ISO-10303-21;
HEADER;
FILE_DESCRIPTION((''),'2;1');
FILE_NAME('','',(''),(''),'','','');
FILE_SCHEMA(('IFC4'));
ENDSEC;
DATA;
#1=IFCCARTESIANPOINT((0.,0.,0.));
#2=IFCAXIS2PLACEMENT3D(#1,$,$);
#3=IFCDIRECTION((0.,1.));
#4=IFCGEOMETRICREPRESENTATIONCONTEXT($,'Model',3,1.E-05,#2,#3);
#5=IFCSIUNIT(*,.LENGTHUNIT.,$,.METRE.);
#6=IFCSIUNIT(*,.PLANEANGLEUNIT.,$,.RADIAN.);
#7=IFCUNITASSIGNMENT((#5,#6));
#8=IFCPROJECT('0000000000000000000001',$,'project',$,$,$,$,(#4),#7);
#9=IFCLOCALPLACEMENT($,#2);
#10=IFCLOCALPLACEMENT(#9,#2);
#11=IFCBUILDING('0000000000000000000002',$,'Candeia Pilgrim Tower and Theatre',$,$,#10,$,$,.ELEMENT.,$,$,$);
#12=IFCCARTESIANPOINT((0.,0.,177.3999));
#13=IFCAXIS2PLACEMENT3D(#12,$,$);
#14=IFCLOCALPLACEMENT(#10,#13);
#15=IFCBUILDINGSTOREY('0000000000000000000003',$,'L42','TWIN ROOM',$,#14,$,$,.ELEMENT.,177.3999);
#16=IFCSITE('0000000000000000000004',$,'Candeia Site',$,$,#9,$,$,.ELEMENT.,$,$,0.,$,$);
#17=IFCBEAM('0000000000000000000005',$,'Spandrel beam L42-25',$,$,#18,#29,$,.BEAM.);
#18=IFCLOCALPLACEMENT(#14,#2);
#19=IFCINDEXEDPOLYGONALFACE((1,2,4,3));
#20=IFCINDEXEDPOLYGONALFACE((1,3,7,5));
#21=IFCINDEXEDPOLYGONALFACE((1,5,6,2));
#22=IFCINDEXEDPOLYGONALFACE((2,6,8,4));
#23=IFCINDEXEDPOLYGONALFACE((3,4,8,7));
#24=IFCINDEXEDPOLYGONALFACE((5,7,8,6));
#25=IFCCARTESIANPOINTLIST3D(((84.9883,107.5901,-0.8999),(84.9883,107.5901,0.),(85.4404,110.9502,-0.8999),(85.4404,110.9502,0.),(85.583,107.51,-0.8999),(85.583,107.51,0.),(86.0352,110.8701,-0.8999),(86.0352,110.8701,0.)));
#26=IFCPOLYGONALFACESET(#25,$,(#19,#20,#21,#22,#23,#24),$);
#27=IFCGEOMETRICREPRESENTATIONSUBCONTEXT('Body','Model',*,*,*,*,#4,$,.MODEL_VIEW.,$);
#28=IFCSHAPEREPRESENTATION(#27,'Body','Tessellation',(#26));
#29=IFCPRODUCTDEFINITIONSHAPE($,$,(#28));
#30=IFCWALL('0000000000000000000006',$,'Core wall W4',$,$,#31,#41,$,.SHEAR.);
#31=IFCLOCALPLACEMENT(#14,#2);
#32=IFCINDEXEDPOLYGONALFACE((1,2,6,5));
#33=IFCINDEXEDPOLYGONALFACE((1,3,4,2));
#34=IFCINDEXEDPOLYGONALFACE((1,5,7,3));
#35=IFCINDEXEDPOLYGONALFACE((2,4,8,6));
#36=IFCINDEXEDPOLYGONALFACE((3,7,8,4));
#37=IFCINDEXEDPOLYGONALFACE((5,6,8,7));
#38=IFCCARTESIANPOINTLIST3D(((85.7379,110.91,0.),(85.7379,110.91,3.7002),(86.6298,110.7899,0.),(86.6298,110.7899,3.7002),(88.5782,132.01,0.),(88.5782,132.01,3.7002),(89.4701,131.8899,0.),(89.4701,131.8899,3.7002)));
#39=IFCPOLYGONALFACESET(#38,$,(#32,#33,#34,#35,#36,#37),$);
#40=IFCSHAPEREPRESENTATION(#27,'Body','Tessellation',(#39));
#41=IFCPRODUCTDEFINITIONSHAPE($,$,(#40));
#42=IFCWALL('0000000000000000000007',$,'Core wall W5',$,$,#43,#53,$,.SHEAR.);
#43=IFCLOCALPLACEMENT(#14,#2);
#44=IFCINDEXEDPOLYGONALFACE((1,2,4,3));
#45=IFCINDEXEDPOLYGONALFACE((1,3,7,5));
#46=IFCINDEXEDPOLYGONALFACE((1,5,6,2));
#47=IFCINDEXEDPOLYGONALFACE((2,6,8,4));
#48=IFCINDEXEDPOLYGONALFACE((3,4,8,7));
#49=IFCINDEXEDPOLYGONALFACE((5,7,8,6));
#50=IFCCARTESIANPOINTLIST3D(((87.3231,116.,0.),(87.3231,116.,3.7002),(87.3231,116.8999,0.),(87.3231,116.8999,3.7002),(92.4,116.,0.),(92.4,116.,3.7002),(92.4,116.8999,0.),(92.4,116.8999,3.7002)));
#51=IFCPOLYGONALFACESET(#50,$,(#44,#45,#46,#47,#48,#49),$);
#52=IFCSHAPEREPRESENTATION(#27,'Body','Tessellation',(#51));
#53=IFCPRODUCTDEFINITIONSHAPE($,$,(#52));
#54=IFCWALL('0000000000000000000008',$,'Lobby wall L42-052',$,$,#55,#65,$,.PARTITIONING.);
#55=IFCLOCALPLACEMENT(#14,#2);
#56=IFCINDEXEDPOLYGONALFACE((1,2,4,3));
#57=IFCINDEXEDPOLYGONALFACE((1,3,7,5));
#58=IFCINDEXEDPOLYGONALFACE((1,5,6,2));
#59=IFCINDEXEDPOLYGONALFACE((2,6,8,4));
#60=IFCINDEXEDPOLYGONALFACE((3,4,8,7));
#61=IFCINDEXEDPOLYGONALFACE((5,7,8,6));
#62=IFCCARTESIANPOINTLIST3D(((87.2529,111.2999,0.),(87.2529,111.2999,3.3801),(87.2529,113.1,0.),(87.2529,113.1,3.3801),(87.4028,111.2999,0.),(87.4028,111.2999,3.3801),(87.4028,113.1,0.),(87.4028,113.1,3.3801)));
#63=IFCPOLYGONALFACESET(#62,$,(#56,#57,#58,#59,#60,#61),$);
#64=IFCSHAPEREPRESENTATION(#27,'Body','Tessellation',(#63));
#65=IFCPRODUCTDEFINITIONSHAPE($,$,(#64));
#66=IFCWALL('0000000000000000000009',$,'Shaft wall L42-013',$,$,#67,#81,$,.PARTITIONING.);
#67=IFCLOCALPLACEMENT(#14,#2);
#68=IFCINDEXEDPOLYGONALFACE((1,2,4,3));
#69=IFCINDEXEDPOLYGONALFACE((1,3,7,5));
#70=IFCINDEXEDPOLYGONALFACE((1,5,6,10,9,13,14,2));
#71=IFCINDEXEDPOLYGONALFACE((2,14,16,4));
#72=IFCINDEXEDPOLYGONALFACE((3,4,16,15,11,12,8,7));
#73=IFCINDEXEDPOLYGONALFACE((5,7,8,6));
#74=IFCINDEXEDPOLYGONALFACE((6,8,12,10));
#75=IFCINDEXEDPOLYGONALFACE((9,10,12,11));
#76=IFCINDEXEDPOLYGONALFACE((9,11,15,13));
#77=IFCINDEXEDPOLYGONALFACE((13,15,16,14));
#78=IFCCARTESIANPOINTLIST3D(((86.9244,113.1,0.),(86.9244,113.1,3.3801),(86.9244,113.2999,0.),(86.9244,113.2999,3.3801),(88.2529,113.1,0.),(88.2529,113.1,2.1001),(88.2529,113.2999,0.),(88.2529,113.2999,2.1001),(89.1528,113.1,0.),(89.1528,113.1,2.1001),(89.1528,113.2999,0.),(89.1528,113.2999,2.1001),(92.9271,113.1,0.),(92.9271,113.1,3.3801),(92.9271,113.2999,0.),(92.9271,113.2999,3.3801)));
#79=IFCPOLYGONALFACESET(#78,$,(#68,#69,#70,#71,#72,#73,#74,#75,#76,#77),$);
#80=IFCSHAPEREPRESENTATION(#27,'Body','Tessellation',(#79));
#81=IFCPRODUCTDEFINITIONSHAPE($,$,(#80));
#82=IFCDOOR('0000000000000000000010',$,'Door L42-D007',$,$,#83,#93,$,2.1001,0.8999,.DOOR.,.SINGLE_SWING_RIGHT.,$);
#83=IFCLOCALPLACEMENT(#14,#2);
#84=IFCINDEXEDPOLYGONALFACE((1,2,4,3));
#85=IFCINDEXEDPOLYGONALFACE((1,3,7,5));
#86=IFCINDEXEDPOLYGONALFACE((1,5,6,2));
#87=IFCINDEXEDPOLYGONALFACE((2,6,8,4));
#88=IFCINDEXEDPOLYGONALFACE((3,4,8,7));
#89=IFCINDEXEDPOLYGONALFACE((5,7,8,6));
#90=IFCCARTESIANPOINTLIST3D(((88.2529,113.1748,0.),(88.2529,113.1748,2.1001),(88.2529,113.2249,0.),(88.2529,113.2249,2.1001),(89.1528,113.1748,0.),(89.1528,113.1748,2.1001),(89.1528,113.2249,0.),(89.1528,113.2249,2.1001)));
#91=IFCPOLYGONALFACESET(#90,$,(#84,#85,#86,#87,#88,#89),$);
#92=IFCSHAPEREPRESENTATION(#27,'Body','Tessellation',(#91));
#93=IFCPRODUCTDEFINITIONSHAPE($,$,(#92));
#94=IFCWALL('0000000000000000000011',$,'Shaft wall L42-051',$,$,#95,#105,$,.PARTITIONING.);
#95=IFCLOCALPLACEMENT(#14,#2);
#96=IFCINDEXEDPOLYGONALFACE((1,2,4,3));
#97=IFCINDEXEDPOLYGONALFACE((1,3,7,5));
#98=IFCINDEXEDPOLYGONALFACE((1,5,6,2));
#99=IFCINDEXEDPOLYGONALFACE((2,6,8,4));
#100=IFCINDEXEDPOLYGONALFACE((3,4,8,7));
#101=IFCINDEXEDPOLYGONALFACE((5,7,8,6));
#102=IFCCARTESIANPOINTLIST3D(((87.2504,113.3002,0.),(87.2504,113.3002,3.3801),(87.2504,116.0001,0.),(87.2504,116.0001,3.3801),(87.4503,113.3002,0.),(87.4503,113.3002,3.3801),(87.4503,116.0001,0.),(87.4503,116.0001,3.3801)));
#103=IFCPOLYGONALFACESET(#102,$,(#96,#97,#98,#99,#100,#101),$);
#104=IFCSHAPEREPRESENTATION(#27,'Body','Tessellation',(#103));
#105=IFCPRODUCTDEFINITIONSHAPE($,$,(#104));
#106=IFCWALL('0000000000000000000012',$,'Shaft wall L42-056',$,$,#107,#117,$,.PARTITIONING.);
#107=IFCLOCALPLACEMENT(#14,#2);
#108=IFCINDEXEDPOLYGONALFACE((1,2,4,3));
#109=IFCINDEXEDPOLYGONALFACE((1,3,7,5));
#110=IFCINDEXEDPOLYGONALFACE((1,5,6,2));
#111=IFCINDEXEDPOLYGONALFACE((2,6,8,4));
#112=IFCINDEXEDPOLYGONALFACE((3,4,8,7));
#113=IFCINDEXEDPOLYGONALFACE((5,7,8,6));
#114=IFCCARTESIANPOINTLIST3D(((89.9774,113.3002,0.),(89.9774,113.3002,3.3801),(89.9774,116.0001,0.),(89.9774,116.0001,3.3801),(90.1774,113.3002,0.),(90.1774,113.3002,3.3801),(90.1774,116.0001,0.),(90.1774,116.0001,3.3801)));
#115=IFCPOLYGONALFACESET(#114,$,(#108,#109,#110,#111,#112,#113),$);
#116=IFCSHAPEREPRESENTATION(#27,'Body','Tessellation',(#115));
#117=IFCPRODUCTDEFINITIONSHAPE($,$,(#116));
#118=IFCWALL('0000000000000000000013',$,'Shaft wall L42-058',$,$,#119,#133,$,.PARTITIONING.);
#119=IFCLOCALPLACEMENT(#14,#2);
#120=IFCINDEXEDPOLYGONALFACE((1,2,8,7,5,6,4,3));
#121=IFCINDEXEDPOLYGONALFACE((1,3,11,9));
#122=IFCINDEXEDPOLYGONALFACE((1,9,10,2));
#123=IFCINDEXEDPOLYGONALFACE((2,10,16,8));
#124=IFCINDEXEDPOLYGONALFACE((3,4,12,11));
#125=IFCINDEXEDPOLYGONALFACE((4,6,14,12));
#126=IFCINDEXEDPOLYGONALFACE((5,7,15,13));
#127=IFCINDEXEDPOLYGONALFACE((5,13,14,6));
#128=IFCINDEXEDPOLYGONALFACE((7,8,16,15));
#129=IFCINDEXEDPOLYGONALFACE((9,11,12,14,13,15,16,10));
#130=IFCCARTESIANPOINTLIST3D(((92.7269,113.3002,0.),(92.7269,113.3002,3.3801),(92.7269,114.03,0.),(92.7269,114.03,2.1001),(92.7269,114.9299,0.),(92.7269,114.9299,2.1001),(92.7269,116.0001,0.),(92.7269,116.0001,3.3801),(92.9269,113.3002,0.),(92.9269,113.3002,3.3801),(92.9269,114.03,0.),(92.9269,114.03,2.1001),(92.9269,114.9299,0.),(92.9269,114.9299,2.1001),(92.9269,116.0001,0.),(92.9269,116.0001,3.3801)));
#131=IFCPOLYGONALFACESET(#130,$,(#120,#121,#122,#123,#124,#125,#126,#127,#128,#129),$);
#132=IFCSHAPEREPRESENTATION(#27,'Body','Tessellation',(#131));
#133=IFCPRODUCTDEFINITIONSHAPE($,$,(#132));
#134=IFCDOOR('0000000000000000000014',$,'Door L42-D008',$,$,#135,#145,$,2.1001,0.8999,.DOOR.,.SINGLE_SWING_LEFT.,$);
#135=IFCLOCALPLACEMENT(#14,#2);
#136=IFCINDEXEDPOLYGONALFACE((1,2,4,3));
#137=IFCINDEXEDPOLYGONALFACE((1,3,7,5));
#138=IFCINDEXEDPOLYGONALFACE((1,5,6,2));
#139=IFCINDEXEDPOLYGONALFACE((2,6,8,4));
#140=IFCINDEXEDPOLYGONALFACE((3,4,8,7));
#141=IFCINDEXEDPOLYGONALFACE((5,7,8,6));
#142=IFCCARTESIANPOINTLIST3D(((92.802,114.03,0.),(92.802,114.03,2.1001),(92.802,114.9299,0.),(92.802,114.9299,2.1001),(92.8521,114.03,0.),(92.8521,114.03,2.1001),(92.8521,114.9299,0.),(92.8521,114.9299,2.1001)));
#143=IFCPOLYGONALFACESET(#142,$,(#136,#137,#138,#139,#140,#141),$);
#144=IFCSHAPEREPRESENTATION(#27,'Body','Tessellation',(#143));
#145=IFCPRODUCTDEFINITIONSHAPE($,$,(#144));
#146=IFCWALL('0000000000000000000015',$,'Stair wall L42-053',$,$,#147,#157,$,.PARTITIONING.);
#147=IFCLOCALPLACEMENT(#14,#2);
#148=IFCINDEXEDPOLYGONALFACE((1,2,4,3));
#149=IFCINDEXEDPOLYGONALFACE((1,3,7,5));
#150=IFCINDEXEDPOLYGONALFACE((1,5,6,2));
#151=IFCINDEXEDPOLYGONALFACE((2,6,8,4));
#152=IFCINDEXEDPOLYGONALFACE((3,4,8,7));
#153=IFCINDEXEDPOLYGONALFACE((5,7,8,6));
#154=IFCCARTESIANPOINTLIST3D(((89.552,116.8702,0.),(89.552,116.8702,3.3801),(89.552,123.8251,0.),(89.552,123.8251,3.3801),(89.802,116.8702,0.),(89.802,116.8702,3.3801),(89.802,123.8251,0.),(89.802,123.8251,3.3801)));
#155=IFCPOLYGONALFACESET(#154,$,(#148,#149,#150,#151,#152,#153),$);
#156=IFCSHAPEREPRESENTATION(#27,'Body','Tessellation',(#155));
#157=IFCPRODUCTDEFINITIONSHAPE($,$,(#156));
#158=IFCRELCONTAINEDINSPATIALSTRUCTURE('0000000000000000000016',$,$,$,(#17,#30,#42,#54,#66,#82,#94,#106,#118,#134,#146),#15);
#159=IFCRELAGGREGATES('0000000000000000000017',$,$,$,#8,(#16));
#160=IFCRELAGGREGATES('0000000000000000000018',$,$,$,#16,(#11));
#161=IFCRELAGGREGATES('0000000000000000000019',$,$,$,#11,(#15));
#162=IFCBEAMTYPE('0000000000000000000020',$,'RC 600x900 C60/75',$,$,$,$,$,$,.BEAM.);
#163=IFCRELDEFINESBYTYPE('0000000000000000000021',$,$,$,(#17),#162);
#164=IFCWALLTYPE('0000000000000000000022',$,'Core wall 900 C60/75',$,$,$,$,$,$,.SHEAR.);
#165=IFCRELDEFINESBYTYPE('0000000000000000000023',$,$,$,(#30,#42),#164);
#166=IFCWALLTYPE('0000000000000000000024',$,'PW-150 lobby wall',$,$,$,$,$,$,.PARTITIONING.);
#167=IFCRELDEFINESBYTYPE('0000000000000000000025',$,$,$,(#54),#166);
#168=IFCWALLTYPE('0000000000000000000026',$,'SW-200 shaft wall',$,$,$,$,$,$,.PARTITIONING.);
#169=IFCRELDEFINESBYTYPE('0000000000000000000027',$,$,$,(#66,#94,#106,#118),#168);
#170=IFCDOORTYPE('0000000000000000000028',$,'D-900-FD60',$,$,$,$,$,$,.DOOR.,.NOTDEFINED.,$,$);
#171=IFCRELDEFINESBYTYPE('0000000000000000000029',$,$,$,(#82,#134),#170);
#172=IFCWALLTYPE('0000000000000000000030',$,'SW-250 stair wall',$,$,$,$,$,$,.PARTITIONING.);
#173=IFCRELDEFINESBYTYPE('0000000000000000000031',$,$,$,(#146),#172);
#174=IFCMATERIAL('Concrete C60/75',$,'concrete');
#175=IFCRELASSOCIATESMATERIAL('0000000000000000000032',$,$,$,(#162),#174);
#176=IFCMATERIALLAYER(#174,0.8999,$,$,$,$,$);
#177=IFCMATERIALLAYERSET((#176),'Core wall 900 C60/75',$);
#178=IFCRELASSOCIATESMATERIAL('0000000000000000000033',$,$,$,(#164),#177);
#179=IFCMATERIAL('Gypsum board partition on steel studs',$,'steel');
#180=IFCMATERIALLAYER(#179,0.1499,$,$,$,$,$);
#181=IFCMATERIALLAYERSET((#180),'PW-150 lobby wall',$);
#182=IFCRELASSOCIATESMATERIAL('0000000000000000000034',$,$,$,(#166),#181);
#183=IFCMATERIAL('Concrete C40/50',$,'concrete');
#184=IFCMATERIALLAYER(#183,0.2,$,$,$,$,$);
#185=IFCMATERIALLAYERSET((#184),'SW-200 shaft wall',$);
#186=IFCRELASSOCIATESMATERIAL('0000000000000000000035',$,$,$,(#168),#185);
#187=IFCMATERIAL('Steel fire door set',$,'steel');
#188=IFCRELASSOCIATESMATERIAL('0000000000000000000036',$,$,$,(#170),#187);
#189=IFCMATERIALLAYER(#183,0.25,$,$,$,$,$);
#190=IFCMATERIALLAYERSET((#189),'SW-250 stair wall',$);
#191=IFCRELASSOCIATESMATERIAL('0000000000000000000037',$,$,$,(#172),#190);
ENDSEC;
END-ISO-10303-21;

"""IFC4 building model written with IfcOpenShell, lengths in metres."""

from ifc_helpers import new_model, si_unit, direction, frame, frame_2d, origin, origin_2d, place, context, subcontext, project, spatial, rectangle, extrude, material, layer, layer_set, material_profile, profile_set, type_object, element, fill, save


model = new_model("IFC4")

# Units and contexts
model_context = context("Model", 3, precision=1e-05, world=origin(), true_north=direction((0.0, 1.0)))
body_context = subcontext(model_context, "Body", "Model", "MODEL_VIEW")
ifc_project = project(units=[si_unit("LENGTHUNIT", "METRE"), si_unit("PLANEANGLEUNIT", "RADIAN")], contexts=[model_context])

# Site, building, storey
site_placement = place(None, origin())
site = spatial("IfcSite", under=ifc_project, at=site_placement, Name="Candeia Site", CompositionType="ELEMENT", RefElevation=0.0)
building_placement = place(site_placement, origin())
building = spatial("IfcBuilding", under=site, at=building_placement, Name="Candeia Pilgrim Tower and Theatre", CompositionType="ELEMENT")
storey_placement = place(building_placement, frame((0.0, 0.0, 177.3999)))
storey = spatial("IfcBuildingStorey", under=building, at=storey_placement, Name="L42", Description="TWIN ROOM", CompositionType="ELEMENT", Elevation=177.3999)

# Beam
ifc_material_1 = material(Name="Concrete C60/75", Category="concrete")
ifc_material_profile = material_profile(ifc_material_1, rectangle(XDim=0.6001, YDim=0.8999, at=origin_2d()))
ifc_profile_set = profile_set([ifc_material_profile], Name="Concrete C60/75")
beam_type = type_object("IfcBeamType", Name="RC 600x900 C60/75", PredefinedType="BEAM", material=ifc_profile_set)
beam_placement = place(storey_placement, frame((85.7378, 110.9102, -0.45), z_axis=(-0.133362, -0.991067, 0.0), x_axis=(0.991067, -0.133362, 0.0)))
element("IfcBeam", 1, at=beam_placement, inside=storey, type_object=beam_type, Name="Spandrel beam L42-25", PredefinedType="BEAM", context=body_context, shape_type="SweptSolid", body=[
    extrude(rectangle(XDim=0.6001, YDim=0.8999, at=origin_2d()), origin(), (0.0, 0.0, 1.0), 3.3904),
])

# Walls
ifc_layer_1 = layer(ifc_material_1, 0.8999)
ifc_layer_set_1 = layer_set([ifc_layer_1], Name="Core wall 900 C60/75")
wall_type_1 = type_object("IfcWallType", Name="Core wall 900 C60/75", PredefinedType="SHEAR", material=ifc_layer_set_1)
wall_1_placement = place(storey_placement, frame((86.1838, 110.8501, 0.0), z_axis=(0.0, 0.0, 1.0), x_axis=(0.13341, 0.991061, 0.0)))
element("IfcWall", 2, at=wall_1_placement, inside=storey, type_object=wall_type_1, Name="Core wall W4", PredefinedType="SHEAR", context=body_context, shape_type="SweptSolid", body=[
    extrude(rectangle(XDim=21.2903, YDim=0.8999, at=frame_2d((10.645, 0.0))), origin(), (0.0, 0.0, 1.0), 3.7002),
])
wall_2_placement = place(storey_placement, frame((87.323, 116.45, 0.0), z_axis=(0.0, 0.0, 1.0), x_axis=(1.0, 0.0, 0.0)))
element("IfcWall", 3, at=wall_2_placement, inside=storey, type_object=wall_type_1, Name="Core wall W5", PredefinedType="SHEAR", context=body_context, shape_type="SweptSolid", body=[
    extrude(rectangle(XDim=5.0769, YDim=0.8999, at=frame_2d((2.5386, 0.0))), origin(), (0.0, 0.0, 1.0), 3.7002),
])
ifc_material_2 = material(Name="Gypsum board partition on steel studs", Category="steel")
ifc_layer_2 = layer(ifc_material_2, 0.1499)
ifc_layer_set_2 = layer_set([ifc_layer_2], Name="PW-150 lobby wall")
wall_type_2 = type_object("IfcWallType", Name="PW-150 lobby wall", PredefinedType="PARTITIONING", material=ifc_layer_set_2)
wall_3_placement = place(storey_placement, frame((87.3279, 111.3, 0.0), z_axis=(0.0, 0.0, 1.0), x_axis=(0.0, 1.0, 0.0)))
element("IfcWall", 4, at=wall_3_placement, inside=storey, type_object=wall_type_2, Name="Lobby wall L42-052", PredefinedType="PARTITIONING", context=body_context, shape_type="SweptSolid", body=[
    extrude(rectangle(XDim=1.8, YDim=0.1499, at=frame_2d((0.8999, 0.0))), origin(), (0.0, 0.0, 1.0), 3.3801),
])

# Wall, opening, door
ifc_material_3 = material(Name="Concrete C40/50", Category="concrete")
ifc_layer_3 = layer(ifc_material_3, 0.2)
ifc_layer_set_3 = layer_set([ifc_layer_3], Name="SW-200 shaft wall")
wall_type_3 = type_object("IfcWallType", Name="SW-200 shaft wall", PredefinedType="PARTITIONING", material=ifc_layer_set_3)
wall_4_placement = place(storey_placement, frame((86.9243, 113.2, 0.0), z_axis=(0.0, 0.0, 1.0), x_axis=(1.0, 0.0, 0.0)))
wall_4 = element("IfcWall", 5, at=wall_4_placement, inside=storey, type_object=wall_type_3, Name="Shaft wall L42-013", PredefinedType="PARTITIONING", context=body_context, shape_type="SweptSolid", body=[
    extrude(rectangle(XDim=6.0027, YDim=0.2, at=frame_2d((3.0015, 0.0))), origin(), (0.0, 0.0, 1.0), 3.3801),
])
opening_1_placement = place(wall_4_placement, frame((1.3286, 0.0, 0.0)))
opening_1 = element("IfcOpeningElement", 6, at=opening_1_placement, cuts=wall_4, PredefinedType="OPENING", context=body_context, shape_type="SweptSolid", body=[
    extrude(rectangle(XDim=0.8999, YDim=2.1001, at=frame_2d((0.45, 1.05))), frame((0.0, 0.1099, 0.0), z_axis=(0.0, -1.0, 0.0), x_axis=(1.0, 0.0, 0.0)), (0.0, 0.0, 1.0), 0.22),
])
ifc_material_4 = material(Name="Steel fire door set", Category="steel")
door_type = type_object("IfcDoorType", Name="D-900-FD60", OperationType="NOTDEFINED", PredefinedType="DOOR", material=ifc_material_4)
door_1_placement = place(opening_1_placement, origin())
door_1 = element("IfcDoor", 7, at=door_1_placement, inside=storey, type_object=door_type, Name="Door L42-D007", OperationType="SINGLE_SWING_RIGHT", OverallHeight=2.1001, OverallWidth=0.8999, PredefinedType="DOOR", context=body_context, shape_type="SweptSolid", body=[
    extrude(rectangle(XDim=0.8999, YDim=2.1001, at=frame_2d((0.45, 1.05))), frame((0.0, 0.0249, 0.0), z_axis=(0.0, -1.0, 0.0), x_axis=(1.0, 0.0, 0.0)), (0.0, 0.0, 1.0), 0.05),
])
fill(opening_1, door_1)

# Walls
for number, where, z_axis, x_axis, name in (
    (8, (87.3503, 113.3, 0.0), (0.0, 0.0, 1.0), (0.0, 1.0, 0.0), "Shaft wall L42-051"),
    (9, (90.0774, 113.3, 0.0), (0.0, 0.0, 1.0), (0.0, 1.0, 0.0), "Shaft wall L42-056"),
):
    element("IfcWall", number, at=place(storey_placement, frame(where, z_axis=z_axis, x_axis=x_axis)), inside=storey, type_object=wall_type_3, Name=name, PredefinedType="PARTITIONING", context=body_context, shape_type="SweptSolid", body=[
        extrude(rectangle(XDim=2.7, YDim=0.2, at=frame_2d((1.3501, 0.0))), origin(), (0.0, 0.0, 1.0), 3.3801),
    ])

# Wall, opening, door
wall_5_placement = place(storey_placement, frame((92.8269, 113.3, 0.0), z_axis=(0.0, 0.0, 1.0), x_axis=(0.0, 1.0, 0.0)))
wall_5 = element("IfcWall", 10, at=wall_5_placement, inside=storey, type_object=wall_type_3, Name="Shaft wall L42-058", PredefinedType="PARTITIONING", context=body_context, shape_type="SweptSolid", body=[
    extrude(rectangle(XDim=2.7, YDim=0.2, at=frame_2d((1.3501, 0.0))), origin(), (0.0, 0.0, 1.0), 3.3801),
])
opening_2_placement = place(wall_5_placement, frame((0.73, 0.0, 0.0)))
opening_2 = element("IfcOpeningElement", 11, at=opening_2_placement, cuts=wall_5, PredefinedType="OPENING", context=body_context, shape_type="SweptSolid", body=[
    extrude(rectangle(XDim=0.8999, YDim=2.1001, at=frame_2d((0.45, 1.05))), frame((0.0, 0.1099, 0.0), z_axis=(0.0, -1.0, 0.0), x_axis=(1.0, 0.0, 0.0)), (0.0, 0.0, 1.0), 0.22),
])
door_2_placement = place(opening_2_placement, origin())
door_2 = element("IfcDoor", 12, at=door_2_placement, inside=storey, type_object=door_type, Name="Door L42-D008", OperationType="SINGLE_SWING_LEFT", OverallHeight=2.1001, OverallWidth=0.8999, PredefinedType="DOOR", context=body_context, shape_type="SweptSolid", body=[
    extrude(rectangle(XDim=0.8999, YDim=2.1001, at=frame_2d((0.45, 1.05))), frame((0.0, 0.0249, 0.0), z_axis=(0.0, -1.0, 0.0), x_axis=(1.0, 0.0, 0.0)), (0.0, 0.0, 1.0), 0.05),
])
fill(opening_2, door_2)

# Wall
ifc_layer_4 = layer(ifc_material_3, 0.25)
ifc_layer_set_4 = layer_set([ifc_layer_4], Name="SW-250 stair wall")
wall_type_4 = type_object("IfcWallType", Name="SW-250 stair wall", PredefinedType="PARTITIONING", material=ifc_layer_set_4)
wall_6_placement = place(storey_placement, frame((89.677, 116.8701, 0.0), z_axis=(0.0, 0.0, 1.0), x_axis=(0.0, 1.0, 0.0)))
element("IfcWall", 13, at=wall_6_placement, inside=storey, type_object=wall_type_4, Name="Stair wall L42-053", PredefinedType="PARTITIONING", context=body_context, shape_type="SweptSolid", body=[
    extrude(rectangle(XDim=6.9548, YDim=0.25, at=frame_2d((3.4775, 0.0))), origin(), (0.0, 0.0, 1.0), 3.3801),
])

save(model, "model.ifc")
